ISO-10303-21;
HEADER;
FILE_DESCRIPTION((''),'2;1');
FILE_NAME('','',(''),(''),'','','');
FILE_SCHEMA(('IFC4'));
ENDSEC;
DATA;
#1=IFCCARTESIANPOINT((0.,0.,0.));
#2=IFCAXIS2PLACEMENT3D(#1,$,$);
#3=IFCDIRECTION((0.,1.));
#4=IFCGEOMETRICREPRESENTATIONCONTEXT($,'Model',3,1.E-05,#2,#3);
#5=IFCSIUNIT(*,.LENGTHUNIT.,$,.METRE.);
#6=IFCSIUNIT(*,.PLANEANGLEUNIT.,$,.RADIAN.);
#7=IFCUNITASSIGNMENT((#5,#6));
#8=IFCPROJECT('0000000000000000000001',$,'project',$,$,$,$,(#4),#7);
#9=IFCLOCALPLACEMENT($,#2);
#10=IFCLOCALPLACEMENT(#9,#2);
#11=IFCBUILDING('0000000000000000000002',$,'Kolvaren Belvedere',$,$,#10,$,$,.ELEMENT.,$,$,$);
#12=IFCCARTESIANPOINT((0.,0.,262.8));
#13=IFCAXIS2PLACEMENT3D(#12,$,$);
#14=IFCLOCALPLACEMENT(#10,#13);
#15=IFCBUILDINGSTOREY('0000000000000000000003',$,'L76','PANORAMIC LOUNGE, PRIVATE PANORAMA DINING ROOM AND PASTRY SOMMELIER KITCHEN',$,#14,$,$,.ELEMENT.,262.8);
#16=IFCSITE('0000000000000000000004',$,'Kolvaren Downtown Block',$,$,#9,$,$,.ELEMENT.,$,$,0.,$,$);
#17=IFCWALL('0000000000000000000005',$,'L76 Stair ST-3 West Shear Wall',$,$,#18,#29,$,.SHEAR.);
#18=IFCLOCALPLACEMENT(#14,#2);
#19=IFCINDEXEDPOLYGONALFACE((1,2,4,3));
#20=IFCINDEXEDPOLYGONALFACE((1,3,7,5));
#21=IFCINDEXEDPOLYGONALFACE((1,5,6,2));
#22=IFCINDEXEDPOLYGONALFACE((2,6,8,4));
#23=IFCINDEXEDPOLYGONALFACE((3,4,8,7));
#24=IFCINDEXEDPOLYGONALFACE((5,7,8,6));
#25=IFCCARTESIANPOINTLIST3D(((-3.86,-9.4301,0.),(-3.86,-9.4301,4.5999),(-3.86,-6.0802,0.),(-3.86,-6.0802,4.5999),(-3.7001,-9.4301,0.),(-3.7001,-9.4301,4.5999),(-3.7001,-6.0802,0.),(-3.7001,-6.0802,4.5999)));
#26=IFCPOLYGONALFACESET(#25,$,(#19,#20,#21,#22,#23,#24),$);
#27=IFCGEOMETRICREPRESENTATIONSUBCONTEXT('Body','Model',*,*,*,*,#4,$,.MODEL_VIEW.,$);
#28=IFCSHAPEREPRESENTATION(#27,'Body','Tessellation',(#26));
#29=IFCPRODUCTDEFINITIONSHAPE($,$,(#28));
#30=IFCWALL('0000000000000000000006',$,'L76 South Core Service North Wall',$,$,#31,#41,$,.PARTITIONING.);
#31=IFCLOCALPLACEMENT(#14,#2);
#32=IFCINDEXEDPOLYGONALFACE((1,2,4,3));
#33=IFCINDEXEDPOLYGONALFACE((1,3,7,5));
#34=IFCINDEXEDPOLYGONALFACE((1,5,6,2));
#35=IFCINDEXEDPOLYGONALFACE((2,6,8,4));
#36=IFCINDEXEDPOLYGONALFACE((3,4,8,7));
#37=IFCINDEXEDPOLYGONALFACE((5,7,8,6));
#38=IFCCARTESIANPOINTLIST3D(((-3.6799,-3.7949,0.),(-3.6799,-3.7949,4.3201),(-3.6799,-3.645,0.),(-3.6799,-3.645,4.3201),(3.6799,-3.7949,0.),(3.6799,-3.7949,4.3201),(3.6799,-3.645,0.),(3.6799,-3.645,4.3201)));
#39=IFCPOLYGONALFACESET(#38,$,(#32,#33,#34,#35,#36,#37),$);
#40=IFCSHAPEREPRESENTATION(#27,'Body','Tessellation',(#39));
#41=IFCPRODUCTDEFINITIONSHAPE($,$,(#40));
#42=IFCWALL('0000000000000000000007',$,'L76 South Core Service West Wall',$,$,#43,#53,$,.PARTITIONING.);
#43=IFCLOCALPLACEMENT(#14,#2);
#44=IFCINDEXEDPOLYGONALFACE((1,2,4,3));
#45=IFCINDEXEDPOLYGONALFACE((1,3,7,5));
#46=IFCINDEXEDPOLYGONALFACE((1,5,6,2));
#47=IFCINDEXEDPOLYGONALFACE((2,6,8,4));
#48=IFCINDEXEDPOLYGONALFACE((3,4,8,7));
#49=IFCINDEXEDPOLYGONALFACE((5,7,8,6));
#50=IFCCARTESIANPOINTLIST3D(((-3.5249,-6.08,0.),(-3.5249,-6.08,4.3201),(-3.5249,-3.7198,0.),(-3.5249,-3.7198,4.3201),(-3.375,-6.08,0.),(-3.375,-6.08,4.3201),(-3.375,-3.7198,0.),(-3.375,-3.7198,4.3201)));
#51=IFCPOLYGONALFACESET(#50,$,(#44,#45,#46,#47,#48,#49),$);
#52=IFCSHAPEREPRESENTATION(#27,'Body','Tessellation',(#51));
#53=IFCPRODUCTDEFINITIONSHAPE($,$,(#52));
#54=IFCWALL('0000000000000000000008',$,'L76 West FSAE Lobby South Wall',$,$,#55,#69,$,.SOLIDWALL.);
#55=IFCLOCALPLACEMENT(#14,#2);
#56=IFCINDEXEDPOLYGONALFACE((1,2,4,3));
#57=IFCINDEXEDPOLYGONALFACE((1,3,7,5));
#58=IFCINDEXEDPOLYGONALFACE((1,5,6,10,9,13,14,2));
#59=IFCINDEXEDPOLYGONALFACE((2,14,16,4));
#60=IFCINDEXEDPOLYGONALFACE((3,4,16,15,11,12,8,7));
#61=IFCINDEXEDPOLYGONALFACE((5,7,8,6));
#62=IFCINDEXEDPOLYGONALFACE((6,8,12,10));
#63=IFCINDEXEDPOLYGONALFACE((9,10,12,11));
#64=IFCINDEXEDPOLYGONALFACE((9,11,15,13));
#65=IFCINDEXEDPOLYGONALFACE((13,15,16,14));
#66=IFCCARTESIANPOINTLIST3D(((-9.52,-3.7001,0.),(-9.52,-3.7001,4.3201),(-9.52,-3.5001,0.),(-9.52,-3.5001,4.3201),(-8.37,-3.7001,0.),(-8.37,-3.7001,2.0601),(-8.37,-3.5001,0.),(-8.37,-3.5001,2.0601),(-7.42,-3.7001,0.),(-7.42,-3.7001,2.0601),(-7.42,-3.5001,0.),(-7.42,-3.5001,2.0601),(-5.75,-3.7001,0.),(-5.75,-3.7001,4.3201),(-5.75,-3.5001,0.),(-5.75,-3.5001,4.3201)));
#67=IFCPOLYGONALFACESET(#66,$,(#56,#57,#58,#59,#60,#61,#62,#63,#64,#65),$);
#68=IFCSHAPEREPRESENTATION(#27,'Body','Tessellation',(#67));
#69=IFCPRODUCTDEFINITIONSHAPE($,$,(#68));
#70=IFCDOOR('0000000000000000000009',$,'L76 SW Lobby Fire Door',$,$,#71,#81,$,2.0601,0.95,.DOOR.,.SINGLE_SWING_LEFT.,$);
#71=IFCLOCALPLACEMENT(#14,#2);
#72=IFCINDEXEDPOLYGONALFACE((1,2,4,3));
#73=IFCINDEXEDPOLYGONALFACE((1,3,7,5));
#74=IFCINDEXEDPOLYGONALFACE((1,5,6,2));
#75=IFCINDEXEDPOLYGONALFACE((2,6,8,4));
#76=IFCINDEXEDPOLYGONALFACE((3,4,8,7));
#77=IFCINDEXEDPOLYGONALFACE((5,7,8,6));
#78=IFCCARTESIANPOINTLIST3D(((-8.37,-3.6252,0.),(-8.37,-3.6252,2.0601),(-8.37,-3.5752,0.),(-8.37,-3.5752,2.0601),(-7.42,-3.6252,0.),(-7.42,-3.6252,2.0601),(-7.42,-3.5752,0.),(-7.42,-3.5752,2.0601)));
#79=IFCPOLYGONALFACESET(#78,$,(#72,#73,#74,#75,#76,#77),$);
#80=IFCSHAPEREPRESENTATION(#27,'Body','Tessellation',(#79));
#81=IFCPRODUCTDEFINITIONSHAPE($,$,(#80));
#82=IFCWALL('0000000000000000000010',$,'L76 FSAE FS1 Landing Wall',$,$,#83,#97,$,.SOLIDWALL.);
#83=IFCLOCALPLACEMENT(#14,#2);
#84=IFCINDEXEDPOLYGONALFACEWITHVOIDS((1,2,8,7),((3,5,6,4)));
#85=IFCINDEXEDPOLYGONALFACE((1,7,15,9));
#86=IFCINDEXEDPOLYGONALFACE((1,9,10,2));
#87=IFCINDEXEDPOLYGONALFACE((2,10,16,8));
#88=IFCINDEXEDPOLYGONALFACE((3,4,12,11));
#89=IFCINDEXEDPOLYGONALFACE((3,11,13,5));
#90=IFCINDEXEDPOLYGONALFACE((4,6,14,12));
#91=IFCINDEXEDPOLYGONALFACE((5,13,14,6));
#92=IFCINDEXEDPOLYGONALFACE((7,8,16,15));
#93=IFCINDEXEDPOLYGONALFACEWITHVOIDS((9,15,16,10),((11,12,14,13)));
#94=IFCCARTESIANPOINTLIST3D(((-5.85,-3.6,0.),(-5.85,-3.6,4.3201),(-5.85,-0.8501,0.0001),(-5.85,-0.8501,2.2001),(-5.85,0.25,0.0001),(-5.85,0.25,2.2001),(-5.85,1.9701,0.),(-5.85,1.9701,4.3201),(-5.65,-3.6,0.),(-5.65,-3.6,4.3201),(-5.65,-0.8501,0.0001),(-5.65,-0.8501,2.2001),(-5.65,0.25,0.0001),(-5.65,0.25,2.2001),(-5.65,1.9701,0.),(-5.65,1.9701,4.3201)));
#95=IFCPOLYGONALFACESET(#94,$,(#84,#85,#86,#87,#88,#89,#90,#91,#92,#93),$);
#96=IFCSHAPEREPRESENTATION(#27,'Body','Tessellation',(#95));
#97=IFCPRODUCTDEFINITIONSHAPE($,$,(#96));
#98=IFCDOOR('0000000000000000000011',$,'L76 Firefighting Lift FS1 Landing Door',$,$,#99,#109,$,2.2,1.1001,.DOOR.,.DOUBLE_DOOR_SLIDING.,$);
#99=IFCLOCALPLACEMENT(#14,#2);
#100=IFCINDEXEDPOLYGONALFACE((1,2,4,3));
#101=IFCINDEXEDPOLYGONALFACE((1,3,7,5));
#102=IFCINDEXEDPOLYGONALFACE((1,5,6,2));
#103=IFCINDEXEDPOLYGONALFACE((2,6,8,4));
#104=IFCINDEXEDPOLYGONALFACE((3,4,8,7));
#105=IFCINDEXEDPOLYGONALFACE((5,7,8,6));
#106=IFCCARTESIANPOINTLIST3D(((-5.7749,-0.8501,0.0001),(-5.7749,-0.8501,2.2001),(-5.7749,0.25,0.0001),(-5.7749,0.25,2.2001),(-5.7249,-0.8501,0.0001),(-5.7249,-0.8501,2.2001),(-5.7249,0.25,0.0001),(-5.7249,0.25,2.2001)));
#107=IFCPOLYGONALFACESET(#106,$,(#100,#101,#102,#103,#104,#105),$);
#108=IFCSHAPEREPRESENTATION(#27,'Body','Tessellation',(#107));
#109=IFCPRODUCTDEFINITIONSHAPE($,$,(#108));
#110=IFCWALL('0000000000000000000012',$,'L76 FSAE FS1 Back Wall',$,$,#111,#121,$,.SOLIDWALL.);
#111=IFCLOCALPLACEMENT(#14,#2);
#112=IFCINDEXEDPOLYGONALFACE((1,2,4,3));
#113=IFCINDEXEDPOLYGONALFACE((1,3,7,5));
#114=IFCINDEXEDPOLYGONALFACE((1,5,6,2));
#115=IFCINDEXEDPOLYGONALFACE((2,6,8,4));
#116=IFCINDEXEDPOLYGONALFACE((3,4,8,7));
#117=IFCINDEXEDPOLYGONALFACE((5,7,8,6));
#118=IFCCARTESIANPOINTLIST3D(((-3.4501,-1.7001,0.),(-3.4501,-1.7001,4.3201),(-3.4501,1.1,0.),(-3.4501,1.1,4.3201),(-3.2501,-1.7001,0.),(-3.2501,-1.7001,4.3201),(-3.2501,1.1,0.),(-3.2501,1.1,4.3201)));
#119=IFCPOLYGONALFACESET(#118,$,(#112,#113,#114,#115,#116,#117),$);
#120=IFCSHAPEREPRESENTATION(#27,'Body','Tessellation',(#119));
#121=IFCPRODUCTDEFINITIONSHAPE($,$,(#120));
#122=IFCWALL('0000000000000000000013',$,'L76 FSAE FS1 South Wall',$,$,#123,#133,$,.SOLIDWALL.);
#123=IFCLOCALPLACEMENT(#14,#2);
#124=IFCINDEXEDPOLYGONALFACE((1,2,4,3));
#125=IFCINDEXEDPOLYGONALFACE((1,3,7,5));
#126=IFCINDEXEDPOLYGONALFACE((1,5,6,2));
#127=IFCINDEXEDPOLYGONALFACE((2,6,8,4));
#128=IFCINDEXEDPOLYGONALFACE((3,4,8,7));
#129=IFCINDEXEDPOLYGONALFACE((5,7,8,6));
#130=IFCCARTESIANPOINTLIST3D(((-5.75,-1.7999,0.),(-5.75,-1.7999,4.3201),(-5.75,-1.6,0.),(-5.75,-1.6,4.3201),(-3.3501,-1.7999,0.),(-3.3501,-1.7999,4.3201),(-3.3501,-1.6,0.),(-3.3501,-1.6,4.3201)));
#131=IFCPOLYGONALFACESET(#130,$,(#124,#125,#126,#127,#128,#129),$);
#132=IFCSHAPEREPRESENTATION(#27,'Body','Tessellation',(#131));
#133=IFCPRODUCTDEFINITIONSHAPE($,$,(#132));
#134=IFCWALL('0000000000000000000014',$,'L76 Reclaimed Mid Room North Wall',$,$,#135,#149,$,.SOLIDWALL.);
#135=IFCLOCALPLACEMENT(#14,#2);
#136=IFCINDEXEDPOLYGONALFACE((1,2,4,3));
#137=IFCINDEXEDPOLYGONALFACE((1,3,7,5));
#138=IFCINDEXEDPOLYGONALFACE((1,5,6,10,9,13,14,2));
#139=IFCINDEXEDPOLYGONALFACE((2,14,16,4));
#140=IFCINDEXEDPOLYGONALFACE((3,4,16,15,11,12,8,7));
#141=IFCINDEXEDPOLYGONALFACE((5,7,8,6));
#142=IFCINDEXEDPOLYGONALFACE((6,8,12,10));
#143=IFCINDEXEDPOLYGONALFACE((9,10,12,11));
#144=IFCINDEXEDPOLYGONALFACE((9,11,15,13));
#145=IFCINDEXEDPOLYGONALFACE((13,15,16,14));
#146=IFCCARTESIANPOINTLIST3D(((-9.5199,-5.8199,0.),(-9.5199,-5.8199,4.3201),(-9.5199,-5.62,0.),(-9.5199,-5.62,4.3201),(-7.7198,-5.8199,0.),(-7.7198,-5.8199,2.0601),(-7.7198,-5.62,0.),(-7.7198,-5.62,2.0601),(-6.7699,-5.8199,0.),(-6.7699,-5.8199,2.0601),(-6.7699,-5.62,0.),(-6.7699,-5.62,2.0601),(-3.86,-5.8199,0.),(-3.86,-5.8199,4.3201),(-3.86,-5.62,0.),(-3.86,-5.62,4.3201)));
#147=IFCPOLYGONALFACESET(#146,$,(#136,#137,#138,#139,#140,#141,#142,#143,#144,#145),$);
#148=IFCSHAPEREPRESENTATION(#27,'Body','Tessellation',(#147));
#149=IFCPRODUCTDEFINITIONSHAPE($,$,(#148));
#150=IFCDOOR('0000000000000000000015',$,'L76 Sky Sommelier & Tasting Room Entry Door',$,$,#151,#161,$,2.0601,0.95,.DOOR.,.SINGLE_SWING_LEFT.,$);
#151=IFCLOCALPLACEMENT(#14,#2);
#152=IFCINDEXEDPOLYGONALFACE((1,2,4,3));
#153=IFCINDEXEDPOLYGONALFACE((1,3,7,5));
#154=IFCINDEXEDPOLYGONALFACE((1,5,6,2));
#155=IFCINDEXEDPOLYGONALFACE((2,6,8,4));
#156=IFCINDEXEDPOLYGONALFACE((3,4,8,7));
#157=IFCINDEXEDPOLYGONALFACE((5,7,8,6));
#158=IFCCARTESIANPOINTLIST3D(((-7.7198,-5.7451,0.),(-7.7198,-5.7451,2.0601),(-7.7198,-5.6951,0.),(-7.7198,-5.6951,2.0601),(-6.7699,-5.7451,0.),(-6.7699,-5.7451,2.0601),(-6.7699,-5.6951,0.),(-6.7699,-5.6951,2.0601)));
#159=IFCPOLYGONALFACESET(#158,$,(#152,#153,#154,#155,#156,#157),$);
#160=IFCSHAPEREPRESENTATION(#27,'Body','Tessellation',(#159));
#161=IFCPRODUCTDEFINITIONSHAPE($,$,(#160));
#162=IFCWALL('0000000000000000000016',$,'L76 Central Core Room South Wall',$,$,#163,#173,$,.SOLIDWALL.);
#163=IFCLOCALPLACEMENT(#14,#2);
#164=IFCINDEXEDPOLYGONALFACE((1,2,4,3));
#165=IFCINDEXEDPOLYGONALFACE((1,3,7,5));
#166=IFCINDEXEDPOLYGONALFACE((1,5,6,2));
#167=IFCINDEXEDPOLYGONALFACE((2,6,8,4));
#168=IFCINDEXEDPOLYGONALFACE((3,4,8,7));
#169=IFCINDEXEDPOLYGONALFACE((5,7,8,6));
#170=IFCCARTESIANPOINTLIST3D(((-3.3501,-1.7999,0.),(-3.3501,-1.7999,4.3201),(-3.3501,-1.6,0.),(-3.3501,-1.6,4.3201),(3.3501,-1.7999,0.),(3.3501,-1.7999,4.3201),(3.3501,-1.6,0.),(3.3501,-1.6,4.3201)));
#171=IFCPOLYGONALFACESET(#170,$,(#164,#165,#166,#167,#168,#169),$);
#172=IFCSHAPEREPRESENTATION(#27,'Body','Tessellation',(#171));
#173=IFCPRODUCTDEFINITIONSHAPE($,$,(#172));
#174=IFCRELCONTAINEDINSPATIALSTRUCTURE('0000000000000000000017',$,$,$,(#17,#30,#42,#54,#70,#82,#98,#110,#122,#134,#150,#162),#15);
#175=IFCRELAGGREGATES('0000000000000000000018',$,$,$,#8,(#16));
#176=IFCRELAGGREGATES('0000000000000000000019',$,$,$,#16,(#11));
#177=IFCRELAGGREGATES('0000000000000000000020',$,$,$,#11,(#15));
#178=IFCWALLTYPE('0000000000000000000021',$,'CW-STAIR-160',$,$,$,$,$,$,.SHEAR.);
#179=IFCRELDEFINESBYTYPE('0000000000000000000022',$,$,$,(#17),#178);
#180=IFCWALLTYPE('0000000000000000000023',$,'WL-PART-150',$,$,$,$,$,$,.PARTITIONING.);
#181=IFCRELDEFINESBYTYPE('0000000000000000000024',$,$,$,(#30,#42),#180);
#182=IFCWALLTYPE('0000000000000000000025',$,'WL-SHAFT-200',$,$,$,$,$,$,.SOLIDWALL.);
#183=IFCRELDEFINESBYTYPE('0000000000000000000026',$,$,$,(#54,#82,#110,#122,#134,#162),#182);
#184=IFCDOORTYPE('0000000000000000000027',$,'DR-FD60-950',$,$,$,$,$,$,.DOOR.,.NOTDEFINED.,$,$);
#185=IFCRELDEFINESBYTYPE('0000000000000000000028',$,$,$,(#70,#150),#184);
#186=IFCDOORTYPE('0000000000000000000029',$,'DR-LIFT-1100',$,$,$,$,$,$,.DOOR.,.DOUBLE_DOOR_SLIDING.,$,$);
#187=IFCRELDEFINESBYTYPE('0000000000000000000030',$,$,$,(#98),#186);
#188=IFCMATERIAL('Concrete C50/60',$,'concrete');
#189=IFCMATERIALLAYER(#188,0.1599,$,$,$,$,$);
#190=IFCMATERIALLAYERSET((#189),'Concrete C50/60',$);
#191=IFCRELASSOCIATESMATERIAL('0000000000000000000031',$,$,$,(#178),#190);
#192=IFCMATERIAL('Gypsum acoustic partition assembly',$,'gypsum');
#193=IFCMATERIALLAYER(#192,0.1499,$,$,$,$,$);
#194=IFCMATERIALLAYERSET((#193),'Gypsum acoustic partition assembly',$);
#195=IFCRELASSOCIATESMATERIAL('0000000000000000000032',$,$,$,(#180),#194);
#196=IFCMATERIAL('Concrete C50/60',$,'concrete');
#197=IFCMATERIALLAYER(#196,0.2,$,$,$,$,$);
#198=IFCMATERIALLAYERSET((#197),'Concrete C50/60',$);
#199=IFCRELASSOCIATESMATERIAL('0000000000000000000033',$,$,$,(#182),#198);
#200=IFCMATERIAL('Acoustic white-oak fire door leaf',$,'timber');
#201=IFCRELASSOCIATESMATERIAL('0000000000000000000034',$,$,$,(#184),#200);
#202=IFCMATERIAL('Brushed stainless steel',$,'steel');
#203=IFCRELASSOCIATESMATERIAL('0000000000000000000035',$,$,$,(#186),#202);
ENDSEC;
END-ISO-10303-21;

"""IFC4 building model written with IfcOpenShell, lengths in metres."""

from ifc_helpers import new_model, si_unit, direction, frame, frame_2d, origin, place, context, subcontext, project, spatial, rectangle, extrude, material, layer, layer_set, type_object, element, fill, save


model = new_model("IFC4")

# Units and contexts
model_context = context("Model", 3, precision=1e-05, world=origin(), true_north=direction((0.0, 1.0)))
body_context = subcontext(model_context, "Body", "Model", "MODEL_VIEW")
ifc_project = project(units=[si_unit("LENGTHUNIT", "METRE"), si_unit("PLANEANGLEUNIT", "RADIAN")], contexts=[model_context])

# Site, building, storey
site_placement = place(None, origin())
site = spatial("IfcSite", under=ifc_project, at=site_placement, Name="Kolvaren Downtown Block", CompositionType="ELEMENT", RefElevation=0.0)
building_placement = place(site_placement, origin())
building = spatial("IfcBuilding", under=site, at=building_placement, Name="Kolvaren Belvedere", CompositionType="ELEMENT")
storey_placement = place(building_placement, frame((0.0, 0.0, 262.8)))
storey = spatial("IfcBuildingStorey", under=building, at=storey_placement, Name="L76", Description="PANORAMIC LOUNGE, PRIVATE PANORAMA DINING ROOM AND PASTRY SOMMELIER KITCHEN", CompositionType="ELEMENT", Elevation=262.8)

# Walls
ifc_material_1 = material(Name="Concrete C50/60", Category="concrete")
ifc_layer_1 = layer(ifc_material_1, 0.1599)
ifc_layer_set_1 = layer_set([ifc_layer_1], Name="Concrete C50/60")
wall_type_1 = type_object("IfcWallType", Name="CW-STAIR-160", PredefinedType="SHEAR", material=ifc_layer_set_1)
wall_1_placement = place(storey_placement, frame((-3.78, -9.4299, 0.0), z_axis=(0.0, 0.0, 1.0), x_axis=(0.0, 1.0, 0.0)))
element("IfcWall", 1, at=wall_1_placement, inside=storey, type_object=wall_type_1, Name="L76 Stair ST-3 West Shear Wall", PredefinedType="SHEAR", context=body_context, shape_type="SweptSolid", body=[
    extrude(rectangle(XDim=3.3499, YDim=0.1599, at=frame_2d((1.6748, 0.0))), origin(), (0.0, 0.0, 1.0), 4.5999),
])
ifc_material_2 = material(Name="Gypsum acoustic partition assembly", Category="gypsum")
ifc_layer_2 = layer(ifc_material_2, 0.1499)
ifc_layer_set_2 = layer_set([ifc_layer_2], Name="Gypsum acoustic partition assembly")
wall_type_2 = type_object("IfcWallType", Name="WL-PART-150", PredefinedType="PARTITIONING", material=ifc_layer_set_2)
wall_2_placement = place(storey_placement, frame((-3.6799, -3.72, 0.0), z_axis=(0.0, 0.0, 1.0), x_axis=(1.0, 0.0, 0.0)))
element("IfcWall", 2, at=wall_2_placement, inside=storey, type_object=wall_type_2, Name="L76 South Core Service North Wall", PredefinedType="PARTITIONING", context=body_context, shape_type="SweptSolid", body=[
    extrude(rectangle(XDim=7.3599, YDim=0.1499, at=frame_2d((3.6799, 0.0))), origin(), (0.0, 0.0, 1.0), 4.3201),
])
wall_3_placement = place(storey_placement, frame((-3.45, -6.0801, 0.0), z_axis=(0.0, 0.0, 1.0), x_axis=(0.0, 1.0, 0.0)))
element("IfcWall", 3, at=wall_3_placement, inside=storey, type_object=wall_type_2, Name="L76 South Core Service West Wall", PredefinedType="PARTITIONING", context=body_context, shape_type="SweptSolid", body=[
    extrude(rectangle(XDim=2.3601, YDim=0.1499, at=frame_2d((1.1802, 0.0))), origin(), (0.0, 0.0, 1.0), 4.3201),
])

# Walls, openings, doors
ifc_material_3 = material(Name="Concrete C50/60", Category="concrete")
ifc_layer_3 = layer(ifc_material_3, 0.2)
ifc_layer_set_3 = layer_set([ifc_layer_3], Name="Concrete C50/60")
wall_type_3 = type_object("IfcWallType", Name="WL-SHAFT-200", PredefinedType="SOLIDWALL", material=ifc_layer_set_3)
wall_4_placement = place(storey_placement, frame((-9.52, -3.6001, 0.0), z_axis=(0.0, 0.0, 1.0), x_axis=(1.0, 0.0, 0.0)))
wall_4 = element("IfcWall", 4, at=wall_4_placement, inside=storey, type_object=wall_type_3, Name="L76 West FSAE Lobby South Wall", PredefinedType="SOLIDWALL", context=body_context, shape_type="SweptSolid", body=[
    extrude(rectangle(XDim=3.77, YDim=0.2, at=frame_2d((1.885, 0.0))), origin(), (0.0, 0.0, 1.0), 4.3201),
])
opening_1_placement = place(wall_4_placement, frame((1.1499, 0.0, 0.0)))
opening_1 = element("IfcOpeningElement", 5, at=opening_1_placement, cuts=wall_4, PredefinedType="OPENING", context=body_context, shape_type="SweptSolid", body=[
    extrude(rectangle(XDim=0.95, YDim=2.0601, at=frame_2d((0.4751, 1.03))), frame((0.0, 0.1099, 0.0), z_axis=(0.0, -1.0, 0.0), x_axis=(1.0, 0.0, 0.0)), (0.0, 0.0, 1.0), 0.22),
])
ifc_material_4 = material(Name="Acoustic white-oak fire door leaf", Category="timber")
door_type_1 = type_object("IfcDoorType", Name="DR-FD60-950", OperationType="NOTDEFINED", PredefinedType="DOOR", material=ifc_material_4)
door_1_placement = place(opening_1_placement, origin())
door_1 = element("IfcDoor", 6, at=door_1_placement, inside=storey, type_object=door_type_1, Name="L76 SW Lobby Fire Door", OperationType="SINGLE_SWING_LEFT", OverallHeight=2.0601, OverallWidth=0.95, PredefinedType="DOOR", context=body_context, shape_type="SweptSolid", body=[
    extrude(rectangle(XDim=0.95, YDim=2.0601, at=frame_2d((0.4751, 1.03))), frame((0.0, 0.0249, 0.0), z_axis=(0.0, -1.0, 0.0), x_axis=(1.0, 0.0, 0.0)), (0.0, 0.0, 1.0), 0.05),
])
fill(opening_1, door_1)
wall_5_placement = place(storey_placement, frame((-5.75, -3.6001, 0.0), z_axis=(0.0, 0.0, 1.0), x_axis=(0.0, 1.0, 0.0)))
wall_5 = element("IfcWall", 7, at=wall_5_placement, inside=storey, type_object=wall_type_3, Name="L76 FSAE FS1 Landing Wall", PredefinedType="SOLIDWALL", context=body_context, shape_type="SweptSolid", body=[
    extrude(rectangle(XDim=5.5701, YDim=0.2, at=frame_2d((2.7852, 0.0))), origin(), (0.0, 0.0, 1.0), 4.3201),
])
opening_2_placement = place(wall_5_placement, frame((2.75, 0.0, 0.0)))
opening_2 = element("IfcOpeningElement", 8, at=opening_2_placement, cuts=wall_5, PredefinedType="OPENING", context=body_context, shape_type="SweptSolid", body=[
    extrude(rectangle(XDim=1.1001, YDim=2.2, at=frame_2d((0.55, 1.1001))), frame((0.0, 0.1099, 0.0), z_axis=(0.0, -1.0, 0.0), x_axis=(1.0, 0.0, 0.0)), (0.0, 0.0, 1.0), 0.22),
])
ifc_material_5 = material(Name="Brushed stainless steel", Category="steel")
door_type_2 = type_object("IfcDoorType", Name="DR-LIFT-1100", OperationType="DOUBLE_DOOR_SLIDING", PredefinedType="DOOR", material=ifc_material_5)
door_2_placement = place(opening_2_placement, origin())
door_2 = element("IfcDoor", 9, at=door_2_placement, inside=storey, type_object=door_type_2, Name="L76 Firefighting Lift FS1 Landing Door", OperationType="DOUBLE_DOOR_SLIDING", OverallHeight=2.2, OverallWidth=1.1001, PredefinedType="DOOR", context=body_context, shape_type="SweptSolid", body=[
    extrude(rectangle(XDim=1.1001, YDim=2.2, at=frame_2d((0.55, 1.1001))), frame((0.0, 0.0249, 0.0), z_axis=(0.0, -1.0, 0.0), x_axis=(1.0, 0.0, 0.0)), (0.0, 0.0, 1.0), 0.05),
])
fill(opening_2, door_2)

# Walls
wall_6_placement = place(storey_placement, frame((-3.3501, -1.7, 0.0), z_axis=(0.0, 0.0, 1.0), x_axis=(0.0, 1.0, 0.0)))
element("IfcWall", 10, at=wall_6_placement, inside=storey, type_object=wall_type_3, Name="L76 FSAE FS1 Back Wall", PredefinedType="SOLIDWALL", context=body_context, shape_type="SweptSolid", body=[
    extrude(rectangle(XDim=2.8, YDim=0.2, at=frame_2d((1.3999, 0.0))), origin(), (0.0, 0.0, 1.0), 4.3201),
])
wall_7_placement = place(storey_placement, frame((-5.75, -1.7, 0.0), z_axis=(0.0, 0.0, 1.0), x_axis=(1.0, 0.0, 0.0)))
element("IfcWall", 11, at=wall_7_placement, inside=storey, type_object=wall_type_3, Name="L76 FSAE FS1 South Wall", PredefinedType="SOLIDWALL", context=body_context, shape_type="SweptSolid", body=[
    extrude(rectangle(XDim=2.3999, YDim=0.2, at=frame_2d((1.2, 0.0))), origin(), (0.0, 0.0, 1.0), 4.3201),
])

# Wall, opening, door
wall_8_placement = place(storey_placement, frame((-9.52, -5.72, 0.0), z_axis=(0.0, 0.0, 1.0), x_axis=(1.0, 0.0, 0.0)))
wall_8 = element("IfcWall", 12, at=wall_8_placement, inside=storey, type_object=wall_type_3, Name="L76 Reclaimed Mid Room North Wall", PredefinedType="SOLIDWALL", context=body_context, shape_type="SweptSolid", body=[
    extrude(rectangle(XDim=5.6599, YDim=0.2, at=frame_2d((2.8301, 0.0))), origin(), (0.0, 0.0, 1.0), 4.3201),
])
opening_3_placement = place(wall_8_placement, frame((1.8, 0.0, 0.0)))
opening_3 = element("IfcOpeningElement", 13, at=opening_3_placement, cuts=wall_8, PredefinedType="OPENING", context=body_context, shape_type="SweptSolid", body=[
    extrude(rectangle(XDim=0.95, YDim=2.0601, at=frame_2d((0.4751, 1.03))), frame((0.0, 0.1099, 0.0), z_axis=(0.0, -1.0, 0.0), x_axis=(1.0, 0.0, 0.0)), (0.0, 0.0, 1.0), 0.22),
])
door_3_placement = place(opening_3_placement, origin())
door_3 = element("IfcDoor", 14, at=door_3_placement, inside=storey, type_object=door_type_1, Name="L76 Sky Sommelier & Tasting Room Entry Door", OperationType="SINGLE_SWING_LEFT", OverallHeight=2.0601, OverallWidth=0.95, PredefinedType="DOOR", context=body_context, shape_type="SweptSolid", body=[
    extrude(rectangle(XDim=0.95, YDim=2.0601, at=frame_2d((0.4751, 1.03))), frame((0.0, 0.0249, 0.0), z_axis=(0.0, -1.0, 0.0), x_axis=(1.0, 0.0, 0.0)), (0.0, 0.0, 1.0), 0.05),
])
fill(opening_3, door_3)

# Wall
wall_9_placement = place(storey_placement, frame((-3.3501, -1.7, 0.0), z_axis=(0.0, 0.0, 1.0), x_axis=(1.0, 0.0, 0.0)))
element("IfcWall", 15, at=wall_9_placement, inside=storey, type_object=wall_type_3, Name="L76 Central Core Room South Wall", PredefinedType="SOLIDWALL", context=body_context, shape_type="SweptSolid", body=[
    extrude(rectangle(XDim=6.7002, YDim=0.2, at=frame_2d((3.3501, 0.0))), origin(), (0.0, 0.0, 1.0), 4.3201),
])

save(model, "model.ifc")
